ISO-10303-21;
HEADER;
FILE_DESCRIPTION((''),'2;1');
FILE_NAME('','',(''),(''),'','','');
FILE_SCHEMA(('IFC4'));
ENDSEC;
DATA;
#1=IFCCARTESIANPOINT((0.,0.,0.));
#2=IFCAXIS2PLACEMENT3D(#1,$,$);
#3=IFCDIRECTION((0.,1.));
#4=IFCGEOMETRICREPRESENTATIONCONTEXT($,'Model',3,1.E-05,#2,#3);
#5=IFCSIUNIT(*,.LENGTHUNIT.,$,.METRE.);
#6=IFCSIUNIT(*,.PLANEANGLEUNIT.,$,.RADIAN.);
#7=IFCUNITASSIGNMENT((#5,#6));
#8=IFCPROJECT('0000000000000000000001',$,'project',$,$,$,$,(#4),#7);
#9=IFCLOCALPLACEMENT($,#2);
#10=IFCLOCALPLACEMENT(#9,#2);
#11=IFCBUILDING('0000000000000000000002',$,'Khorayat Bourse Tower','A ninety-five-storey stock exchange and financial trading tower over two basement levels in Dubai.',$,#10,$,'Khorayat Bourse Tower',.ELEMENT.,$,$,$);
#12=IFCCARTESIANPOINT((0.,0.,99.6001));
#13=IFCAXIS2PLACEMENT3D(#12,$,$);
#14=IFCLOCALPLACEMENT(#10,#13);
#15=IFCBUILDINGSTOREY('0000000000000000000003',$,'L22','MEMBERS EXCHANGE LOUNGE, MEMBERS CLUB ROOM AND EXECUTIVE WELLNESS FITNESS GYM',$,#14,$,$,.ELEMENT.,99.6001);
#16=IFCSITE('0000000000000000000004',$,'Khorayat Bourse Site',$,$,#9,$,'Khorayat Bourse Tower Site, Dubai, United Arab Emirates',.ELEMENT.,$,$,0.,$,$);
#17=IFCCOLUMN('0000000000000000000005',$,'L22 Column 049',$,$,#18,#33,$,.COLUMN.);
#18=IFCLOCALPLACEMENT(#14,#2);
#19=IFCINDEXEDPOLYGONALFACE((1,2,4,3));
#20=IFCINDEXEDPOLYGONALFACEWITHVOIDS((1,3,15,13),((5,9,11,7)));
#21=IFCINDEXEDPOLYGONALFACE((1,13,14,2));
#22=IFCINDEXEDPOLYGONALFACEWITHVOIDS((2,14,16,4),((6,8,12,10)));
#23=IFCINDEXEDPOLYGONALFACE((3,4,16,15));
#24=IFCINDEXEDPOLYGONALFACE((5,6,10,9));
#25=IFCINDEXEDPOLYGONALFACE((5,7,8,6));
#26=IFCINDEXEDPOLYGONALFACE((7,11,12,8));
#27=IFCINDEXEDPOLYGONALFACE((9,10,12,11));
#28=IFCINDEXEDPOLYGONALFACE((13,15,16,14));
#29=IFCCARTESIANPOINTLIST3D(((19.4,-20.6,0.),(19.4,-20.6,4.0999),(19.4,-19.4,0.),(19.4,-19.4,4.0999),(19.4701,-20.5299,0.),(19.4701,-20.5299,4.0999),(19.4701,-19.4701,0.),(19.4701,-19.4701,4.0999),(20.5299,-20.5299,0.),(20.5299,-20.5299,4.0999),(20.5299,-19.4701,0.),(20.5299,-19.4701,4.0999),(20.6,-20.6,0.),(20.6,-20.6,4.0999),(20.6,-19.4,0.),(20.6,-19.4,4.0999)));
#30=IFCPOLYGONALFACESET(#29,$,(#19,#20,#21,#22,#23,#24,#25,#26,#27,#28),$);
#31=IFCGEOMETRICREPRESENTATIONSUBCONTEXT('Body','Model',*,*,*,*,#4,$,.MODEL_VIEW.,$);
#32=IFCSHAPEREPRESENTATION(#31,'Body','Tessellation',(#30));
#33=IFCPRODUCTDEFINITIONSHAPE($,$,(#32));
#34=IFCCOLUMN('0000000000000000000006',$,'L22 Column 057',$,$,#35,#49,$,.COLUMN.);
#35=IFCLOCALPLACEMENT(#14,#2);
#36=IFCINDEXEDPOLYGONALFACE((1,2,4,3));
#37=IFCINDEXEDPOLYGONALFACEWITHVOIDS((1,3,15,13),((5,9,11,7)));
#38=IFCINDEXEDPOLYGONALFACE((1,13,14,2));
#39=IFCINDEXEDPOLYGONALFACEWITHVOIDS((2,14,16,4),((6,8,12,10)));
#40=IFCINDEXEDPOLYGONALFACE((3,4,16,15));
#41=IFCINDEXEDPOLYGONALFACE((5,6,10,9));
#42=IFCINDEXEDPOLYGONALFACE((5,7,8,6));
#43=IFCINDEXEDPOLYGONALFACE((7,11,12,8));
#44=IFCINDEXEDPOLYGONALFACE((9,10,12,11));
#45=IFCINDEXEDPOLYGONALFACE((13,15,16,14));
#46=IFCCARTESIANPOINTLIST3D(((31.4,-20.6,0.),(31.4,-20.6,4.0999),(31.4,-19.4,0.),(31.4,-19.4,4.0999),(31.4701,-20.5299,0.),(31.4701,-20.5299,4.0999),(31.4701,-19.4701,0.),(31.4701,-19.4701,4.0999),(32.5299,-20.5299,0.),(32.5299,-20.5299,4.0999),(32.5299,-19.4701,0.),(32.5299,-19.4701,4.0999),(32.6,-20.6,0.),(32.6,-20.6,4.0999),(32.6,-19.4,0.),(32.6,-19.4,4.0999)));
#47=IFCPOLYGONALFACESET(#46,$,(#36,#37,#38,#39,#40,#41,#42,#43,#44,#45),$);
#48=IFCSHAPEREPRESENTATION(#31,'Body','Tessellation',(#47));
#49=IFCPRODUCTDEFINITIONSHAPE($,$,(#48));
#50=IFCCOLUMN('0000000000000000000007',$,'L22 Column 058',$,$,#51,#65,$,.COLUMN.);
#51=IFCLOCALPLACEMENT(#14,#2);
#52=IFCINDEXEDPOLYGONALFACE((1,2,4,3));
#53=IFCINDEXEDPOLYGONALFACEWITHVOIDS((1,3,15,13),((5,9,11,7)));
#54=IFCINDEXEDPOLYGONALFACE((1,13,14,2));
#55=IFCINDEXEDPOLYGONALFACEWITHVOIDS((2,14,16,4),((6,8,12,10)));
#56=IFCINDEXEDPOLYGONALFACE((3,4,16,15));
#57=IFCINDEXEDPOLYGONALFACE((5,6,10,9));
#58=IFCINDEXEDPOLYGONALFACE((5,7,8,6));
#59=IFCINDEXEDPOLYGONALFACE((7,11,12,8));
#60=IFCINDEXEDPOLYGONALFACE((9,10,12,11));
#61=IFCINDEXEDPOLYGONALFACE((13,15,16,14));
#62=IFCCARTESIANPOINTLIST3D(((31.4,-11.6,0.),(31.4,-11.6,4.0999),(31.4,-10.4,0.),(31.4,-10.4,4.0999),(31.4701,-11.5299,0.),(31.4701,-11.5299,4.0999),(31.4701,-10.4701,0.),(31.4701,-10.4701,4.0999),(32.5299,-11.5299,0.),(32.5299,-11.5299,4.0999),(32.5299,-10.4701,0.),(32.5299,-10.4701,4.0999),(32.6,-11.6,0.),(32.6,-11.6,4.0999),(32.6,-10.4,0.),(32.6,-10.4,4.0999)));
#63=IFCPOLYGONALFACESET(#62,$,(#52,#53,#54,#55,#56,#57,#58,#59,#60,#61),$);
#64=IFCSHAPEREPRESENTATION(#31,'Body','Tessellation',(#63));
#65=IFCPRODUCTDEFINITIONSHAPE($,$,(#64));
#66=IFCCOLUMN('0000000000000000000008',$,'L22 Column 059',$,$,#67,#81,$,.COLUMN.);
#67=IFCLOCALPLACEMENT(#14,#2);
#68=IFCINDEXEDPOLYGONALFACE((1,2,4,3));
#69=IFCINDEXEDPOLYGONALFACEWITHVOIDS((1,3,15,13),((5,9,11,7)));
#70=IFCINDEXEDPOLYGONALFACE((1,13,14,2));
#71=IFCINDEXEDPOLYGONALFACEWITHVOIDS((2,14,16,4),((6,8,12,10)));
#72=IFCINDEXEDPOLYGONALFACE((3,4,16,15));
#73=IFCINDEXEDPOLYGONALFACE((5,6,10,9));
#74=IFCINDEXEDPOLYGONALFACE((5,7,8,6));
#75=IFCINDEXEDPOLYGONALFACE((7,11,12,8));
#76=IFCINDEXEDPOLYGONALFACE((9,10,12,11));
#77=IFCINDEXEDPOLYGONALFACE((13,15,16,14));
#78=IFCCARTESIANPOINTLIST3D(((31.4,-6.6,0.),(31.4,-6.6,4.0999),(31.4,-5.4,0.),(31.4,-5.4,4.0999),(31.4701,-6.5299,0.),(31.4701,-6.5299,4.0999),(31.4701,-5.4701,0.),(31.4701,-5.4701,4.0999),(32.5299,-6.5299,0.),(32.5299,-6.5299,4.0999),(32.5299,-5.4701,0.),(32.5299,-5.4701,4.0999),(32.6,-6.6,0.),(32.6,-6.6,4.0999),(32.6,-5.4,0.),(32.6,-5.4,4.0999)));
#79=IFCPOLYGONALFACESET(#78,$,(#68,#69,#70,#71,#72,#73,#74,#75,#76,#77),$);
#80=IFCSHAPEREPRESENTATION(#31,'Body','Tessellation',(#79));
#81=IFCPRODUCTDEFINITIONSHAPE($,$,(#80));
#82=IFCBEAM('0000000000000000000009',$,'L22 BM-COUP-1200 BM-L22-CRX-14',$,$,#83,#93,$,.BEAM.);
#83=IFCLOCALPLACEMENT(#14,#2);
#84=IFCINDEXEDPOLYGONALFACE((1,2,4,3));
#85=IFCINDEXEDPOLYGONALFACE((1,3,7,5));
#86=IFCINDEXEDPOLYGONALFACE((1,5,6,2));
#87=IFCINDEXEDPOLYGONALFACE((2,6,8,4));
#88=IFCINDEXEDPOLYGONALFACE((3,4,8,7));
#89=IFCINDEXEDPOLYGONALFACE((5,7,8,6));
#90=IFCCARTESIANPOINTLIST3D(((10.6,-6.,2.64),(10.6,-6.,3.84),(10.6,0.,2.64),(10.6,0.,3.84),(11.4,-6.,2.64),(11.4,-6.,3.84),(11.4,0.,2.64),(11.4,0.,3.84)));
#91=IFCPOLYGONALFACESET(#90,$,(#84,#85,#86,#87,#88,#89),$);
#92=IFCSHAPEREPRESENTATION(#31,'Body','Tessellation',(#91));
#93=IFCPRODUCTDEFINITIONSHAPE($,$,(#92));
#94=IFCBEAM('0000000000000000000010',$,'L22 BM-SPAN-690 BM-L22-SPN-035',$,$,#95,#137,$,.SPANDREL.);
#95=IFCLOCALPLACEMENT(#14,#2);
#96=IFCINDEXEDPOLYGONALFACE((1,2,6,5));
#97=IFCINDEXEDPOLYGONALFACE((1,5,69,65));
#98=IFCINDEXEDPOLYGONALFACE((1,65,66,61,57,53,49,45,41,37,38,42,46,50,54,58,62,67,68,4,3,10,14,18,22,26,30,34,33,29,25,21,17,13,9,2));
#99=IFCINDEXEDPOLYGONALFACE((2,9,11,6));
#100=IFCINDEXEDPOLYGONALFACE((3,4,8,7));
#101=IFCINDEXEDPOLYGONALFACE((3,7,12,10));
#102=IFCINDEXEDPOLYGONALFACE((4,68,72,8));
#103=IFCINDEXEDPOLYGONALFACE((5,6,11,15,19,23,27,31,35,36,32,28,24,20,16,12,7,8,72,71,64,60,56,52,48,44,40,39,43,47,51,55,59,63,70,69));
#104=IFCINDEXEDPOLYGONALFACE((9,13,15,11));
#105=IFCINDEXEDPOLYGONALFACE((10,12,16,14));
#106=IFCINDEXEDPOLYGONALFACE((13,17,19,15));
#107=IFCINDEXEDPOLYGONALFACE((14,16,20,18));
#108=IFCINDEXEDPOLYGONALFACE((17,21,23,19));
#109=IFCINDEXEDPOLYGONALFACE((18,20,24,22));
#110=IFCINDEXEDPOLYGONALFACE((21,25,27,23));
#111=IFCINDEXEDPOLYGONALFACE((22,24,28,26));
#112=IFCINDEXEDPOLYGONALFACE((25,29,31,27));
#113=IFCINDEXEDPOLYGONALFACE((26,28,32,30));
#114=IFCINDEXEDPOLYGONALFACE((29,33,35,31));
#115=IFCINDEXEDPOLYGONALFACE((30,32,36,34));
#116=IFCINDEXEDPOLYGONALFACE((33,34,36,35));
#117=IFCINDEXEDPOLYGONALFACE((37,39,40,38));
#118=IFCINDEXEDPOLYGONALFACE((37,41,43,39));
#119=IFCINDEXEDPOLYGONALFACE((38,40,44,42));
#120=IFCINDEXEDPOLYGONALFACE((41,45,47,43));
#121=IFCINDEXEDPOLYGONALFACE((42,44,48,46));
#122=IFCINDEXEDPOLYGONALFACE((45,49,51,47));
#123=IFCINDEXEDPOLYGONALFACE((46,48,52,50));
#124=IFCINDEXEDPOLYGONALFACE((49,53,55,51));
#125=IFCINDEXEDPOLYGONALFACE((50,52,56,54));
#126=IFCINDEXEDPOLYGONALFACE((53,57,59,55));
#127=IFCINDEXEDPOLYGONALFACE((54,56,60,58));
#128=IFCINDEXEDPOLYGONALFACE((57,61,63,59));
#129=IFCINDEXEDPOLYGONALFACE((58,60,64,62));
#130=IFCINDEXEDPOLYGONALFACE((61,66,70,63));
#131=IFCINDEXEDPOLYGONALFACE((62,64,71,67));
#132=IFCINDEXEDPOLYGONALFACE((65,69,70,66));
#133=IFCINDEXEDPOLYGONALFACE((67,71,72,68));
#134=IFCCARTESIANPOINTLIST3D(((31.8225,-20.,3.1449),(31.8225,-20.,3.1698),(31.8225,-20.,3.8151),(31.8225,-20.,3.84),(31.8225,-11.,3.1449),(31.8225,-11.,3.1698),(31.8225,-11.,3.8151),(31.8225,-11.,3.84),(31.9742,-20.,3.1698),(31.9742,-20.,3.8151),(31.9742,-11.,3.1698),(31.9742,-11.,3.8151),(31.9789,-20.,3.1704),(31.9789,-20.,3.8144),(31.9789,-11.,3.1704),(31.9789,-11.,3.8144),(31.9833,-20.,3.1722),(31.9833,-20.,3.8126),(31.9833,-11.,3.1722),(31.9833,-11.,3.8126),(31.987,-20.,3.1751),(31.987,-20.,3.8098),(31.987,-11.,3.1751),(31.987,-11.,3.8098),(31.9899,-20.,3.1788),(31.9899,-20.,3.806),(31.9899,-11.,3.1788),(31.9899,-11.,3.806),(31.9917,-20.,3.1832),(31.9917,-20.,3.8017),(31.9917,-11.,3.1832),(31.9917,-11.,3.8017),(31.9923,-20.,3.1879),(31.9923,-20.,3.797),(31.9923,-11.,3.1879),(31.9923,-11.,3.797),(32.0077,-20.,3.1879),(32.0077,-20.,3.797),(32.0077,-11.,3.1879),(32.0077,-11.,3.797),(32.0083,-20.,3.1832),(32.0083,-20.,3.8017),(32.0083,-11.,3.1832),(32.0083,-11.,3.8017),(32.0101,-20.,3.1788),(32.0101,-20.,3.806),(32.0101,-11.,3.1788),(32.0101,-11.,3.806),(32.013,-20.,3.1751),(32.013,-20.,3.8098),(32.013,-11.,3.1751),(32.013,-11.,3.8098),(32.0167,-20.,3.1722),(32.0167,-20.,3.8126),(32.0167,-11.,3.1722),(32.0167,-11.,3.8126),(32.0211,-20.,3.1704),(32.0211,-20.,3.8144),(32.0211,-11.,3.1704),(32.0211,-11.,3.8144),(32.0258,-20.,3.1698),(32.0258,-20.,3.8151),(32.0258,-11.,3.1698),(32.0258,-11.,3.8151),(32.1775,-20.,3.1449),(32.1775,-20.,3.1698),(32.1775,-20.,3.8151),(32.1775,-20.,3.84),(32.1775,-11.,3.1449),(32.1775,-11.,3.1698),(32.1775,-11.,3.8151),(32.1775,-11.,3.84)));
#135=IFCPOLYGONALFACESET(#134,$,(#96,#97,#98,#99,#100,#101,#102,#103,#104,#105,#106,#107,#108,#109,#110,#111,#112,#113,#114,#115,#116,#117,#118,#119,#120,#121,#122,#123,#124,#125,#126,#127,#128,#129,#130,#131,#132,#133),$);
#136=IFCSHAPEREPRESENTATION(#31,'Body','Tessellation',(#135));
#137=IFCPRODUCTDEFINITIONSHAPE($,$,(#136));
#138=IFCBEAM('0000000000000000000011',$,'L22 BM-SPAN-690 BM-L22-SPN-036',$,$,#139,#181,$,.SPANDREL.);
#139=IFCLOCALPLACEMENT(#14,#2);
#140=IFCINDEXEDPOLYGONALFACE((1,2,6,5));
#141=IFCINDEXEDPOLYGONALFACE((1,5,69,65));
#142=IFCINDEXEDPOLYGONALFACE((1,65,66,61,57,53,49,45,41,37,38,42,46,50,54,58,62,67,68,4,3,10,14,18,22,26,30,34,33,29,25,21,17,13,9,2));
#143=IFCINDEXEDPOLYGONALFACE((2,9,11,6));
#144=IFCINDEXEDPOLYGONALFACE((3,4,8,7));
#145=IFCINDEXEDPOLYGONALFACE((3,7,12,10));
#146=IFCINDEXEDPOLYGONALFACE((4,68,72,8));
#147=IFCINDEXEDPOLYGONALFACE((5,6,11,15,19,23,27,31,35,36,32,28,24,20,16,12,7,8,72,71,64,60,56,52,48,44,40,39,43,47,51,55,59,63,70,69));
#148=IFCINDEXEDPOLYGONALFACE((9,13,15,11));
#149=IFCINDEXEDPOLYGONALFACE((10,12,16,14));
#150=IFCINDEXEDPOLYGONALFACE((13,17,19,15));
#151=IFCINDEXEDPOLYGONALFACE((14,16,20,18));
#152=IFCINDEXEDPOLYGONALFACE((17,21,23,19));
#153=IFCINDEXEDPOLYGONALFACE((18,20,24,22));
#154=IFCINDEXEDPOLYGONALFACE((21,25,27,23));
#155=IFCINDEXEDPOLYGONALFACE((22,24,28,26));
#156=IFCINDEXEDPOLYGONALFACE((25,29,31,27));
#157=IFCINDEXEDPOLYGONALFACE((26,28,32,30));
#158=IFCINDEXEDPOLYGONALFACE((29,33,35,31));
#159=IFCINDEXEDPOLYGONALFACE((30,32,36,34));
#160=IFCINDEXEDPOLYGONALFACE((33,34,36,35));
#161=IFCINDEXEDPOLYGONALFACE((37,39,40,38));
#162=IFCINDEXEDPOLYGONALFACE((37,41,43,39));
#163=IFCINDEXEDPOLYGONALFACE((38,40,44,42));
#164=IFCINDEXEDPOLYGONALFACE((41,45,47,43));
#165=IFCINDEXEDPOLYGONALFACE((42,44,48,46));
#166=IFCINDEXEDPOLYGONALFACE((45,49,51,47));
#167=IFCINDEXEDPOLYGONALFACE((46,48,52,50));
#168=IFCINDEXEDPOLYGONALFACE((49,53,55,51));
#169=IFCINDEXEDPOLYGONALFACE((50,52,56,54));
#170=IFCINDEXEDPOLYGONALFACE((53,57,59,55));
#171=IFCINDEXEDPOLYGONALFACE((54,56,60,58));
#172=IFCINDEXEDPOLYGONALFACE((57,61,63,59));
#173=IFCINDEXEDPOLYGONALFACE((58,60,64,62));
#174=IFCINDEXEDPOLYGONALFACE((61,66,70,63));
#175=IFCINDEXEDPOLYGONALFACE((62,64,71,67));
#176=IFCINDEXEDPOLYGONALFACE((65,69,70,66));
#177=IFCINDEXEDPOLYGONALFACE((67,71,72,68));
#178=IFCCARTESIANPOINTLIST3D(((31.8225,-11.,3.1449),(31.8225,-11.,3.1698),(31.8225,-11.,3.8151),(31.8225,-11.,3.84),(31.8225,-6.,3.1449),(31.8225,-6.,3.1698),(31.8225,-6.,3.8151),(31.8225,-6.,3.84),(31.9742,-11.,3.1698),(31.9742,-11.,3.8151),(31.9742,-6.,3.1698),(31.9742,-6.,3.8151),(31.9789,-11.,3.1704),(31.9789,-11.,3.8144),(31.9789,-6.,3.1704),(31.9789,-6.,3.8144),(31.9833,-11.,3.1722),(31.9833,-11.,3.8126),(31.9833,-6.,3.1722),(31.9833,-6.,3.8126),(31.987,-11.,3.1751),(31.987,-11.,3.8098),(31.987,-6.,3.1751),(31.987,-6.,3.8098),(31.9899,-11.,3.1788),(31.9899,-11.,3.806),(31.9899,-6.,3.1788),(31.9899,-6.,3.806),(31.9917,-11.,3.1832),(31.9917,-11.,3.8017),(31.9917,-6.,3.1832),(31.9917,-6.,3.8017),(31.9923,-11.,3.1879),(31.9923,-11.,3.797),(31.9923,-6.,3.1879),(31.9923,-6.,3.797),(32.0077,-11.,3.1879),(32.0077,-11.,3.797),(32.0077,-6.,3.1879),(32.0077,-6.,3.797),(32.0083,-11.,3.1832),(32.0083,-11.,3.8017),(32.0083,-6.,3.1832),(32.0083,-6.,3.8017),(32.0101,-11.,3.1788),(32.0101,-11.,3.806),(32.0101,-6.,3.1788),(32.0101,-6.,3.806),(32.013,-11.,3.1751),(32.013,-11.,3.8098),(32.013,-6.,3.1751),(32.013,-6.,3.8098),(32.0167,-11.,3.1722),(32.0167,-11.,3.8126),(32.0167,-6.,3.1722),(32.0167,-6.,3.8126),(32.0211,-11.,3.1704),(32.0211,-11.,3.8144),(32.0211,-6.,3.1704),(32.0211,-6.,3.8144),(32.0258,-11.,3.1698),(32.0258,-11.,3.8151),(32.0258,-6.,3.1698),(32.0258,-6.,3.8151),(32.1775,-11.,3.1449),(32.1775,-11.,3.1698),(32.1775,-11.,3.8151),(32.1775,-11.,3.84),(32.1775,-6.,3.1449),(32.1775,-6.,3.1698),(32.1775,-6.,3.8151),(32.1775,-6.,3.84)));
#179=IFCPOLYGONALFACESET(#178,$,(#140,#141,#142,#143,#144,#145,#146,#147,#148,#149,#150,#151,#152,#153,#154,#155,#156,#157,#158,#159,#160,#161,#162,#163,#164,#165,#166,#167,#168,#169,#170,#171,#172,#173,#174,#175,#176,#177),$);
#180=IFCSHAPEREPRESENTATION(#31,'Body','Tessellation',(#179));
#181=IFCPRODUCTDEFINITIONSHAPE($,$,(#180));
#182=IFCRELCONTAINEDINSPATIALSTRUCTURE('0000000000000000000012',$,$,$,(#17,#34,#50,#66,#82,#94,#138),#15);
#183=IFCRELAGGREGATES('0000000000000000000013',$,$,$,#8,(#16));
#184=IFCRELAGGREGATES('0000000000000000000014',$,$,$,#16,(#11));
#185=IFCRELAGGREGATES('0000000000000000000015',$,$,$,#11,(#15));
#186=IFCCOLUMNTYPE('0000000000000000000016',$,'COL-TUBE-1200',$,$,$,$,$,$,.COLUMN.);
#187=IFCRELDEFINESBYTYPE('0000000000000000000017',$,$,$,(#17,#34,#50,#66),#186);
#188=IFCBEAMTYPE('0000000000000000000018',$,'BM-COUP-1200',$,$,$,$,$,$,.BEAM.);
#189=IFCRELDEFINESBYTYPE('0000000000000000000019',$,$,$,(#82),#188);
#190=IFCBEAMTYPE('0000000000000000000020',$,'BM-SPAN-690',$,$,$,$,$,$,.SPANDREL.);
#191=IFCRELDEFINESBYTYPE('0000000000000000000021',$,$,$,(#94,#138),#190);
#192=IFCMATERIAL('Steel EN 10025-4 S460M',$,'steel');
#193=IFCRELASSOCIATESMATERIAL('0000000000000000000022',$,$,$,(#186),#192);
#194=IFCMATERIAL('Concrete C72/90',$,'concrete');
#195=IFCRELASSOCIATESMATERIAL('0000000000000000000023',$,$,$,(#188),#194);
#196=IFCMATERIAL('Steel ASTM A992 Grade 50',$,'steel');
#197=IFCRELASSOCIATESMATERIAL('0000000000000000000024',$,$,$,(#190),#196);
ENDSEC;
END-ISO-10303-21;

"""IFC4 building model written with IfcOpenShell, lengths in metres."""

from ifc_helpers import new_model, si_unit, direction, frame, origin, origin_2d, place, context, subcontext, project, spatial, rectangle, hollow_rectangle, i_section, extrude, source, transform, mapped, material, material_profile, profile_set, type_object, element, save


model = new_model("IFC4")

# Units and contexts
model_context = context("Model", 3, precision=1e-05, world=origin(), true_north=direction((0.0, 1.0)))
body_context = subcontext(model_context, "Body", "Model", "MODEL_VIEW")
ifc_project = project(units=[si_unit("LENGTHUNIT", "METRE"), si_unit("PLANEANGLEUNIT", "RADIAN")], contexts=[model_context])

# Site, building, storey
site_placement = place(None, origin())
site = spatial("IfcSite", under=ifc_project, at=site_placement, Name="Khorayat Bourse Site", LongName="Khorayat Bourse Tower Site, Dubai, United Arab Emirates", CompositionType="ELEMENT", RefElevation=0.0)
building_placement = place(site_placement, origin())
building = spatial("IfcBuilding", under=site, at=building_placement, Name="Khorayat Bourse Tower", Description="A ninety-five-storey stock exchange and financial trading tower over two basement levels in Dubai.", LongName="Khorayat Bourse Tower", CompositionType="ELEMENT")
storey_placement = place(building_placement, frame((0.0, 0.0, 99.6001)))
storey = spatial("IfcBuildingStorey", under=building, at=storey_placement, Name="L22", Description="MEMBERS EXCHANGE LOUNGE, MEMBERS CLUB ROOM AND EXECUTIVE WELLNESS FITNESS GYM", CompositionType="ELEMENT", Elevation=99.6001)

# Columns
ifc_material_1 = material(Name="Steel EN 10025-4 S460M", Category="steel")
ifc_material_profile_1 = material_profile(ifc_material_1, hollow_rectangle(XDim=1.2, YDim=1.2, WallThickness=0.0701, at=origin_2d()), Name="BOX 1200x1200x70")
ifc_profile_set_1 = profile_set([ifc_material_profile_1], Name="Steel EN 10025-4 S460M")
column_type = type_object("IfcColumnType", Name="COL-TUBE-1200", PredefinedType="COLUMN", material=ifc_profile_set_1)
shared_shape_1 = source(origin(), body_context, "Body", "SweptSolid", [
    extrude(hollow_rectangle(XDim=1.2, YDim=1.2, WallThickness=0.0701, at=origin_2d()), origin(), (0.0, 0.0, 1.0), 4.0999),
])
for number, where, z_axis, x_axis, name in (
    (1, (20.0, -20.0, 0.0), (0.0, 0.0, 1.0), (1.0, 0.0, 0.0), "L22 Column 049"),
    (2, (32.0, -20.0, 0.0), (0.0, 0.0, 1.0), (1.0, 0.0, 0.0), "L22 Column 057"),
    (3, (32.0, -11.0, 0.0), (0.0, 0.0, 1.0), (1.0, 0.0, 0.0), "L22 Column 058"),
    (4, (32.0, -6.0, 0.0), (0.0, 0.0, 1.0), (1.0, 0.0, 0.0), "L22 Column 059"),
):
    element("IfcColumn", number, at=place(storey_placement, frame(where, z_axis=z_axis, x_axis=x_axis)), inside=storey, type_object=column_type, Name=name, PredefinedType="COLUMN", context=body_context, shape_type="MappedRepresentation", body=[
        mapped(shared_shape_1, transform((0.0, 0.0, 0.0), scale=1.0)),
    ])

# Beams
ifc_material_2 = material(Name="Concrete C72/90", Category="concrete")
ifc_material_profile_2 = material_profile(ifc_material_2, rectangle(XDim=0.8, YDim=1.2, at=origin_2d()), Name="RC 800x1200")
ifc_profile_set_2 = profile_set([ifc_material_profile_2], Name="Concrete C72/90")
beam_type_1 = type_object("IfcBeamType", Name="BM-COUP-1200", PredefinedType="BEAM", material=ifc_profile_set_2)
shared_shape_2 = source(origin(), body_context, "Body", "SweptSolid", [
    extrude(rectangle(XDim=0.8, YDim=1.2, at=origin_2d()), origin(), (0.0, 0.0, 1.0), 6.0),
])
beam_1_placement = place(storey_placement, frame((11.0, -6.0, 3.24), z_axis=(0.0, 1.0, 0.0), x_axis=(-1.0, 0.0, 0.0)))
element("IfcBeam", 5, at=beam_1_placement, inside=storey, type_object=beam_type_1, Name="L22 BM-COUP-1200 BM-L22-CRX-14", PredefinedType="BEAM", context=body_context, shape_type="MappedRepresentation", body=[
    mapped(shared_shape_2, transform((0.0, 0.0, 0.0), scale=1.0)),
])
ifc_material_3 = material(Name="Steel ASTM A992 Grade 50", Category="steel")
ifc_material_profile_3 = material_profile(ifc_material_3, i_section(OverallWidth=0.355, OverallDepth=0.6951, WebThickness=0.0154, FlangeThickness=0.0249, FilletRadius=0.0181, at=origin_2d()), Name="W690X217")
ifc_profile_set_3 = profile_set([ifc_material_profile_3], Name="Steel ASTM A992 Grade 50")
beam_type_2 = type_object("IfcBeamType", Name="BM-SPAN-690", PredefinedType="SPANDREL", material=ifc_profile_set_3)
shared_shape_3 = source(origin(), body_context, "Body", "SweptSolid", [
    extrude(i_section(OverallWidth=0.355, OverallDepth=0.6951, WebThickness=0.0154, FlangeThickness=0.0249, FilletRadius=0.0181, at=origin_2d()), origin(), (0.0, 0.0, 1.0), 9.0),
])
beam_2_placement = place(storey_placement, frame((32.0, -20.0, 3.4924), z_axis=(0.0, 1.0, 0.0), x_axis=(-1.0, 0.0, 0.0)))
element("IfcBeam", 6, at=beam_2_placement, inside=storey, type_object=beam_type_2, Name="L22 BM-SPAN-690 BM-L22-SPN-035", PredefinedType="SPANDREL", context=body_context, shape_type="MappedRepresentation", body=[
    mapped(shared_shape_3, transform((0.0, 0.0, 0.0), scale=1.0)),
])
shared_shape_4 = source(origin(), body_context, "Body", "SweptSolid", [
    extrude(i_section(OverallWidth=0.355, OverallDepth=0.6951, WebThickness=0.0154, FlangeThickness=0.0249, FilletRadius=0.0181, at=origin_2d()), origin(), (0.0, 0.0, 1.0), 5.0),
])
beam_3_placement = place(storey_placement, frame((32.0, -11.0, 3.4924), z_axis=(0.0, 1.0, 0.0), x_axis=(-1.0, 0.0, 0.0)))
element("IfcBeam", 7, at=beam_3_placement, inside=storey, type_object=beam_type_2, Name="L22 BM-SPAN-690 BM-L22-SPN-036", PredefinedType="SPANDREL", context=body_context, shape_type="MappedRepresentation", body=[
    mapped(shared_shape_4, transform((0.0, 0.0, 0.0), scale=1.0)),
])

save(model, "model.ifc")
